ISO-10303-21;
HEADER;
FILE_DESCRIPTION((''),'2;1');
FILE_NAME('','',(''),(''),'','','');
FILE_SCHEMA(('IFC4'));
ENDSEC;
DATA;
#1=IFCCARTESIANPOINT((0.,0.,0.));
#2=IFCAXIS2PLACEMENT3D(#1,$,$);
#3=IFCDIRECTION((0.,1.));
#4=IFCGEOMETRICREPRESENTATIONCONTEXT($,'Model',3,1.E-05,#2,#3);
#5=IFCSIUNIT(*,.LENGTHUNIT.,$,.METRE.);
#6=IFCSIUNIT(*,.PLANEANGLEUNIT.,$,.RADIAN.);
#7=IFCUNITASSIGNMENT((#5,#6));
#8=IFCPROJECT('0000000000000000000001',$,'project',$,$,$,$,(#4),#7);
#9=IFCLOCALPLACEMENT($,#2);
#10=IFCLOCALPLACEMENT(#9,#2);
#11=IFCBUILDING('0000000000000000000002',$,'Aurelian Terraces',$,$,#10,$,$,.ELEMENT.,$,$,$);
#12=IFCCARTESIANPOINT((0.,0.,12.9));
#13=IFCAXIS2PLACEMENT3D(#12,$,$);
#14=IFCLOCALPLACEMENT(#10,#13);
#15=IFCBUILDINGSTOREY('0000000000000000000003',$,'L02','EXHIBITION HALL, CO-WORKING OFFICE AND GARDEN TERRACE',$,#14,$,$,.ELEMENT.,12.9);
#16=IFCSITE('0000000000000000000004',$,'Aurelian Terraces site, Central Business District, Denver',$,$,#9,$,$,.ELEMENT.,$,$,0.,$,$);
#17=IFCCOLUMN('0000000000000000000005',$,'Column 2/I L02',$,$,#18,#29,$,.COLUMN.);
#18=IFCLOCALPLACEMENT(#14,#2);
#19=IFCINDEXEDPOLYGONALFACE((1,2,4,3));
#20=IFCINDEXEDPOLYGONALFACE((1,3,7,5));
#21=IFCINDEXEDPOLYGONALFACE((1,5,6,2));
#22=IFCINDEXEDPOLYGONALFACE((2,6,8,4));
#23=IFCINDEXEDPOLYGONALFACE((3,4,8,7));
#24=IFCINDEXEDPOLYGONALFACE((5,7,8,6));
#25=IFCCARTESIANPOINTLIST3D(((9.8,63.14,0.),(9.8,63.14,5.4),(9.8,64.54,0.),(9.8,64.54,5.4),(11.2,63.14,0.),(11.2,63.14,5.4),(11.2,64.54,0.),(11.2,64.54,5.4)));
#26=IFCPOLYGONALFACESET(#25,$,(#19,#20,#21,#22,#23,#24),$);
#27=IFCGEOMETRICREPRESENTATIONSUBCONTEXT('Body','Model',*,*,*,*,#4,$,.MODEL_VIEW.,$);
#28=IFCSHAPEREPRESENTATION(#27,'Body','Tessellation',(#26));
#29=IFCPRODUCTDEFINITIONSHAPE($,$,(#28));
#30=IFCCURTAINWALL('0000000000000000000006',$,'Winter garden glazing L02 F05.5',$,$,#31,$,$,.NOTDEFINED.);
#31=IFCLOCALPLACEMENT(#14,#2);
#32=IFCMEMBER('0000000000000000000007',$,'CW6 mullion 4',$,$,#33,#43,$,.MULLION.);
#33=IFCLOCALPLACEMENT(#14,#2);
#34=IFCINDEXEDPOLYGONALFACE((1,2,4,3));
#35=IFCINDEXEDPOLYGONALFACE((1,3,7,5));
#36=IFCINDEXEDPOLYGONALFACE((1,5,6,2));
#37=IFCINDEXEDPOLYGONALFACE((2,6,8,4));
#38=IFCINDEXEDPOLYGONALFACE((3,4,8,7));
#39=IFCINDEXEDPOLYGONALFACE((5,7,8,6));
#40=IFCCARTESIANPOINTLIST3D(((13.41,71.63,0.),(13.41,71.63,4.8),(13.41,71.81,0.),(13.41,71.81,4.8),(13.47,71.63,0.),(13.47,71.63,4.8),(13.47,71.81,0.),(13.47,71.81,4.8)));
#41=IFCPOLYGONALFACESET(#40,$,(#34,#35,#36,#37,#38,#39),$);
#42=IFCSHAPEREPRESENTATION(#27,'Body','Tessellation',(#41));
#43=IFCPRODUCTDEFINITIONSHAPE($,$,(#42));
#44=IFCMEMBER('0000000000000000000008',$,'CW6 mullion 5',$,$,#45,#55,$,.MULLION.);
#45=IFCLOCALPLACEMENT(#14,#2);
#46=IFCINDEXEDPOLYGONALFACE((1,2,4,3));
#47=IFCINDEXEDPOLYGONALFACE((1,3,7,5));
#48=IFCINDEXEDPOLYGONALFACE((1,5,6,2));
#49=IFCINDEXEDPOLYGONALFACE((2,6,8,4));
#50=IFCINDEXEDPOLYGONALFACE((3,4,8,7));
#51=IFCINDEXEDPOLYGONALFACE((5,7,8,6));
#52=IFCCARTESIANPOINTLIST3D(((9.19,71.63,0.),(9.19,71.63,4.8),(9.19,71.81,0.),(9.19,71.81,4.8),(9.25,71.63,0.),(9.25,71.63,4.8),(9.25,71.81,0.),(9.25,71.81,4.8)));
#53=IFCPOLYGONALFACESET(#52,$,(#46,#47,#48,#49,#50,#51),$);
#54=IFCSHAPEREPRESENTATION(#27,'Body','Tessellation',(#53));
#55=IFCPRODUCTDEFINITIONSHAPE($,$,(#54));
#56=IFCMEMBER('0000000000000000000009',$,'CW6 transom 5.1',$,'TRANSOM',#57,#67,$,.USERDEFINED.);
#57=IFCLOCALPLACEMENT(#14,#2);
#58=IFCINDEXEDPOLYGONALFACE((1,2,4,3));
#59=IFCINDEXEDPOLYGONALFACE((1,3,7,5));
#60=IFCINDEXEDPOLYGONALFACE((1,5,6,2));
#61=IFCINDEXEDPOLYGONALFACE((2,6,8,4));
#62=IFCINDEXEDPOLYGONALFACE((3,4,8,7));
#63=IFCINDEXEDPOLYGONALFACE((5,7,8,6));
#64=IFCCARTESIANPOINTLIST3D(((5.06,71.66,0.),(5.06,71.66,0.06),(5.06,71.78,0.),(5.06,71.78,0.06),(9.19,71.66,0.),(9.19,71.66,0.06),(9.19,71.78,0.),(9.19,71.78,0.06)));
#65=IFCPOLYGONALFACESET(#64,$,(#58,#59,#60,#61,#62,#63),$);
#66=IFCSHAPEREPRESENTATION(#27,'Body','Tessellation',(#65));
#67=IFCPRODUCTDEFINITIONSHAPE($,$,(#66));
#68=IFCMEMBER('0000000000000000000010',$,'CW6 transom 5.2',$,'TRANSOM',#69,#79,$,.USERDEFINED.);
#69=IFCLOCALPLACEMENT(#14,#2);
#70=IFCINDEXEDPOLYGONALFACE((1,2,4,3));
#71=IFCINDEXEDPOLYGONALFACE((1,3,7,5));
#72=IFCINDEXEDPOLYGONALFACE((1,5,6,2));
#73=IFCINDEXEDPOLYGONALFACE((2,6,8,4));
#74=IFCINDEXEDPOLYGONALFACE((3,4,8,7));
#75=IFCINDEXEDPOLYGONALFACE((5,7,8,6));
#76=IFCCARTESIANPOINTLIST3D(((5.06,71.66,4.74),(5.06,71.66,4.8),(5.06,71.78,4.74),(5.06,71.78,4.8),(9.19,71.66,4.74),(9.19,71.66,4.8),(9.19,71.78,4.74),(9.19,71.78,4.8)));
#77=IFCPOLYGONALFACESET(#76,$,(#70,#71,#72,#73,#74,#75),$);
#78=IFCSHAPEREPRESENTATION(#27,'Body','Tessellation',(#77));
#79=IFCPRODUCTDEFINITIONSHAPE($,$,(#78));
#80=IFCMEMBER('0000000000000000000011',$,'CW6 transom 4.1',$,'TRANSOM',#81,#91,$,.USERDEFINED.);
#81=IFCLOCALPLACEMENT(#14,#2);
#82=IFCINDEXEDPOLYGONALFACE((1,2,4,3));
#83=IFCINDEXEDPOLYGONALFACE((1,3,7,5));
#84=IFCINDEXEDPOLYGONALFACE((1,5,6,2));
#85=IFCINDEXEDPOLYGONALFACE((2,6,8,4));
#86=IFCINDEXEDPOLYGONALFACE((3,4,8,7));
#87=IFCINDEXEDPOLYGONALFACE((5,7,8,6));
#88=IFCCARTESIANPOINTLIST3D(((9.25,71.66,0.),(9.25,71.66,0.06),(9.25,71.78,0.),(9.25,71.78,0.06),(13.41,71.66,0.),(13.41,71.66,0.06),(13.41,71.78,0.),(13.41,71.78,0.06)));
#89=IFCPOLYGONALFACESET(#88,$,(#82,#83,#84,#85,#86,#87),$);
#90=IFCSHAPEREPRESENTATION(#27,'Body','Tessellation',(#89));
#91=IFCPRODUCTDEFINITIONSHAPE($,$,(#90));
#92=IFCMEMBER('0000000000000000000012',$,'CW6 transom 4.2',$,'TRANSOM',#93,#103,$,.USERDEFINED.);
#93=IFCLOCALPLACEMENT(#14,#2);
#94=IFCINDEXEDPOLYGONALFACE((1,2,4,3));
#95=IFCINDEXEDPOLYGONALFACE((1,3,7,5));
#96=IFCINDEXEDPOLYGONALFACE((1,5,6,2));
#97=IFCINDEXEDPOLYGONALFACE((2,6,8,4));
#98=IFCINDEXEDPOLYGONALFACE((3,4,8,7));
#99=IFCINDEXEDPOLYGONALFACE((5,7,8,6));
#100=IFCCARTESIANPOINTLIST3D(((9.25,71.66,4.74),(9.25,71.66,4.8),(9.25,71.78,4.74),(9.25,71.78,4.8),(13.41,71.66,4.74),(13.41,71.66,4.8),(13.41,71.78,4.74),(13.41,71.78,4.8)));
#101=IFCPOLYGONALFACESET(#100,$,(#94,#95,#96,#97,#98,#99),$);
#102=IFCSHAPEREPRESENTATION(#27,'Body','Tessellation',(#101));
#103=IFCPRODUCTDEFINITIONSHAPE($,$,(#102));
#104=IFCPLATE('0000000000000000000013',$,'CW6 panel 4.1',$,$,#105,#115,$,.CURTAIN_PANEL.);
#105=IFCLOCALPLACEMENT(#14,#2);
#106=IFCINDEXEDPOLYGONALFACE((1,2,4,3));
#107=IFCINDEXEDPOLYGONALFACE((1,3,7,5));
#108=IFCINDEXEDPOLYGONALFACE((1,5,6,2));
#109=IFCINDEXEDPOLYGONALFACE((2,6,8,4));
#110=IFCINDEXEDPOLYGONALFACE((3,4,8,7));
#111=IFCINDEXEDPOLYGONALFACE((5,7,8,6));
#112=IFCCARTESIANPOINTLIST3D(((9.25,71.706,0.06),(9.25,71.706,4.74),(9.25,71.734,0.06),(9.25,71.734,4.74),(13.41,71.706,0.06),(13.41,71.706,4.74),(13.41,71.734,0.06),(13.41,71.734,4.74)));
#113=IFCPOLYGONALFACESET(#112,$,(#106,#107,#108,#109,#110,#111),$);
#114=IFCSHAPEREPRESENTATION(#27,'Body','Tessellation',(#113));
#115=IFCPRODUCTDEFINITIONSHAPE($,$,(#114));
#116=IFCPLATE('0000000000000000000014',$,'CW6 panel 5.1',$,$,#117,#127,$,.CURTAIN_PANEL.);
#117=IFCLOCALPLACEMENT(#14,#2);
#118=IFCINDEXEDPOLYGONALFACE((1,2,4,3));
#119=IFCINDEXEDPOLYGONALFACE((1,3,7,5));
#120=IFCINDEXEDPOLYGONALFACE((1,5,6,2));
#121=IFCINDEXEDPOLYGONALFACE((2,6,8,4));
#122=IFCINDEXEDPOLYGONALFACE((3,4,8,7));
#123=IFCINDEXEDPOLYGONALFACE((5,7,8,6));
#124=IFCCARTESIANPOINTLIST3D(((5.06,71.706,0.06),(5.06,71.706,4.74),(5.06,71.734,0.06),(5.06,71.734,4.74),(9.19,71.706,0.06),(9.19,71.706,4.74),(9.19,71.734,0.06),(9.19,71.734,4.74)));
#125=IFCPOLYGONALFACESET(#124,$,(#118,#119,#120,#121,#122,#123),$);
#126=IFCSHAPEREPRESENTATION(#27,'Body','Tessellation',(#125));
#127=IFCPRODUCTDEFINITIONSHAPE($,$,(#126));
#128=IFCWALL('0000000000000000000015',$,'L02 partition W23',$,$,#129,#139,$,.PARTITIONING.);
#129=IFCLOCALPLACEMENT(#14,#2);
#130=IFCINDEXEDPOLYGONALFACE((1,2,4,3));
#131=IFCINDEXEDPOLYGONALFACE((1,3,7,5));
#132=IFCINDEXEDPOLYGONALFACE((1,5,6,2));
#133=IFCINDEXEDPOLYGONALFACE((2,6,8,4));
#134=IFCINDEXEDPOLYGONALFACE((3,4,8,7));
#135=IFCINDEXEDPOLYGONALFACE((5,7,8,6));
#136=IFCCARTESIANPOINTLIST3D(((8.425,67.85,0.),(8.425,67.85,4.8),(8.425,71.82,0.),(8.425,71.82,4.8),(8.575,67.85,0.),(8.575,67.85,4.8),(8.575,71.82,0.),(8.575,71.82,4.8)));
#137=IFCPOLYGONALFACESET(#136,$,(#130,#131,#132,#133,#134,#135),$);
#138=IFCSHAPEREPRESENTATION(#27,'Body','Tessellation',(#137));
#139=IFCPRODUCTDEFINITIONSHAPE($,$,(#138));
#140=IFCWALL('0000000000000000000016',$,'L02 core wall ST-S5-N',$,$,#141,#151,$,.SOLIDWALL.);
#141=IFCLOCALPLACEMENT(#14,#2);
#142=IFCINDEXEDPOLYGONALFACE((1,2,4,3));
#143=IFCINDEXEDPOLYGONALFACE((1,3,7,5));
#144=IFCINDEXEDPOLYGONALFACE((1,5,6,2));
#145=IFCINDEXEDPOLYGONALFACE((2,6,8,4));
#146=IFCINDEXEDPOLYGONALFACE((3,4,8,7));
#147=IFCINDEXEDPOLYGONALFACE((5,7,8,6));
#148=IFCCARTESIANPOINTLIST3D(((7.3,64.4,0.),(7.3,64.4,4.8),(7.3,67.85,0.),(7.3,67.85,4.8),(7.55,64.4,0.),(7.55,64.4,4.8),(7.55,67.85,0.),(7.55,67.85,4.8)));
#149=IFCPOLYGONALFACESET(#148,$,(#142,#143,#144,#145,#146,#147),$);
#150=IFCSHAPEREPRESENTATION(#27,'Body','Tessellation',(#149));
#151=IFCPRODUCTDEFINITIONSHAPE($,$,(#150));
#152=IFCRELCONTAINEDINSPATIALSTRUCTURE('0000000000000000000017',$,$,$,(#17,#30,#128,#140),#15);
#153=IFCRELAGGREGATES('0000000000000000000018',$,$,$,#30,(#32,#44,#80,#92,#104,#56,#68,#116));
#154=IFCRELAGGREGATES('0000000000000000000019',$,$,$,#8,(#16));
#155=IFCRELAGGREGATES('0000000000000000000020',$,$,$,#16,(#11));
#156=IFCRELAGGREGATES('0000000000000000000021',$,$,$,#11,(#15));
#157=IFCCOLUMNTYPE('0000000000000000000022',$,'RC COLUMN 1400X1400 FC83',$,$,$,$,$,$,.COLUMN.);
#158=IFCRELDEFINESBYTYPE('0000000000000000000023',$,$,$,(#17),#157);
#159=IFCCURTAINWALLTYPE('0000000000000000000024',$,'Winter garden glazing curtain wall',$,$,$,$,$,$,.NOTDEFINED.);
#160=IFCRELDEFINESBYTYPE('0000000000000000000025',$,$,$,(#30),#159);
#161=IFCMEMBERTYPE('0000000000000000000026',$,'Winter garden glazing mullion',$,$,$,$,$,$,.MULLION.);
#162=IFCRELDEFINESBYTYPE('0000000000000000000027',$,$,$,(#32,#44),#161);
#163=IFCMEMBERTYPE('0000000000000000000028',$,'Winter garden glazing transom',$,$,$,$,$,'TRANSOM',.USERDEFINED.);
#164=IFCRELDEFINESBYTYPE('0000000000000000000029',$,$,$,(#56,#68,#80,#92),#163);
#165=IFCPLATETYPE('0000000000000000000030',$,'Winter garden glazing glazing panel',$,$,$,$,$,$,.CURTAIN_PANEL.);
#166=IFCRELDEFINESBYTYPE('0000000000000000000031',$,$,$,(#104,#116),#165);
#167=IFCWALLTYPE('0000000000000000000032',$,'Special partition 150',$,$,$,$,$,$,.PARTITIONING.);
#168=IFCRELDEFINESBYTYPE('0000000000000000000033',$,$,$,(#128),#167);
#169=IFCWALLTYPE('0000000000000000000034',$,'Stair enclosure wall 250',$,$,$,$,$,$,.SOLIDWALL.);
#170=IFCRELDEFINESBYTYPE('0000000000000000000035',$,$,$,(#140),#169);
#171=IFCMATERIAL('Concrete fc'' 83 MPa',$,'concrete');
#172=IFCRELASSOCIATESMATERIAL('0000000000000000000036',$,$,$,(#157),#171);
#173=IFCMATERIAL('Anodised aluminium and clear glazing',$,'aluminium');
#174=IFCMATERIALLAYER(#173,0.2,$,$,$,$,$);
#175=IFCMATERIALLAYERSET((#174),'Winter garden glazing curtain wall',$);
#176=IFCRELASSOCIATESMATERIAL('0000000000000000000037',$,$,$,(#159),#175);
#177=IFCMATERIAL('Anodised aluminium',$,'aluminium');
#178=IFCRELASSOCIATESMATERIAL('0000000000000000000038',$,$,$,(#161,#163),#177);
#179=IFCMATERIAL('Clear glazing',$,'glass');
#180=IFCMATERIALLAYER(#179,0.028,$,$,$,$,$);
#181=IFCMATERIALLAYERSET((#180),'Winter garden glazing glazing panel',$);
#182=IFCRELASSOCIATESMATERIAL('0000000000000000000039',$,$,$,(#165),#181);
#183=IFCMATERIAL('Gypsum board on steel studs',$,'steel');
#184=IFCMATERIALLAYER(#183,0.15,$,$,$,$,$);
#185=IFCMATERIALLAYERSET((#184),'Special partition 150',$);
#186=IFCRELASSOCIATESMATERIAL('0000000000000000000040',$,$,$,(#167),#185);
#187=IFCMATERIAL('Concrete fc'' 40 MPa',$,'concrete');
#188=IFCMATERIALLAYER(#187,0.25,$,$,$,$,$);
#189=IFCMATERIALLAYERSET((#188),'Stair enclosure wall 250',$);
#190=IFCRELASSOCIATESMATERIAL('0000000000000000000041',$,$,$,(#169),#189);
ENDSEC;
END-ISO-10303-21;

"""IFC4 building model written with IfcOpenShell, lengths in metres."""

from ifc_helpers import new_model, si_unit, direction, frame, frame_2d, origin, origin_2d, place, context, subcontext, project, spatial, rectangle, extrude, source, transform, mapped, material, layer, layer_set, material_profile, profile_set, type_object, element, aggregate, save


model = new_model("IFC4")

# Units and contexts
model_context = context("Model", 3, precision=1e-05, world=origin(), true_north=direction((0.0, 1.0)))
body_context = subcontext(model_context, "Body", "Model", "MODEL_VIEW")
ifc_project = project(units=[si_unit("LENGTHUNIT", "METRE"), si_unit("PLANEANGLEUNIT", "RADIAN")], contexts=[model_context])

# Site, building, storey
site_placement = place(None, origin())
site = spatial("IfcSite", under=ifc_project, at=site_placement, Name="Aurelian Terraces site, Central Business District, Denver", CompositionType="ELEMENT", RefElevation=0.0)
building_placement = place(site_placement, origin())
building = spatial("IfcBuilding", under=site, at=building_placement, Name="Aurelian Terraces", CompositionType="ELEMENT")
storey_placement = place(building_placement, frame((0.0, 0.0, 12.9)))
storey = spatial("IfcBuildingStorey", under=building, at=storey_placement, Name="L02", Description="EXHIBITION HALL, CO-WORKING OFFICE AND GARDEN TERRACE", CompositionType="ELEMENT", Elevation=12.9)

# Column
ifc_material_1 = material(Name="Concrete fc' 83 MPa", Category="concrete")
ifc_material_profile_1 = material_profile(ifc_material_1, rectangle(XDim=1.4, YDim=1.4, at=origin_2d()))
ifc_profile_set_1 = profile_set([ifc_material_profile_1], Name="Concrete fc' 83 MPa")
column_type = type_object("IfcColumnType", Name="RC COLUMN 1400X1400 FC83", PredefinedType="COLUMN", material=ifc_profile_set_1)
shared_shape_1 = source(origin(), body_context, "Body", "SweptSolid", [
    extrude(rectangle(XDim=1.4, YDim=1.4, at=origin_2d()), origin(), (0.0, 0.0, 1.0), 5.4),
])
column_placement = place(storey_placement, frame((10.5, 63.84, 0.0), z_axis=(0.0, 0.0, 1.0), x_axis=(1.0, 0.0, 0.0)))
element("IfcColumn", 1, at=column_placement, inside=storey, type_object=column_type, Name="Column 2/I L02", PredefinedType="COLUMN", context=body_context, shape_type="MappedRepresentation", body=[
    mapped(shared_shape_1, transform((0.0, 0.0, 0.0), scale=1.0)),
])

# Curtain wall, members, plates
ifc_material_2 = material(Name="Anodised aluminium and clear glazing", Category="aluminium")
ifc_layer_1 = layer(ifc_material_2, 0.2)
ifc_layer_set_1 = layer_set([ifc_layer_1], Name="Winter garden glazing curtain wall")
curtain_wall_type = type_object("IfcCurtainWallType", Name="Winter garden glazing curtain wall", PredefinedType="NOTDEFINED", material=ifc_layer_set_1)
curtain_wall_placement = place(storey_placement, origin())
curtain_wall = element("IfcCurtainWall", 2, at=curtain_wall_placement, inside=storey, type_object=curtain_wall_type, Name="Winter garden glazing L02 F05.5", PredefinedType="NOTDEFINED")
ifc_material_3 = material(Name="Anodised aluminium", Category="aluminium")
ifc_material_profile_2 = material_profile(ifc_material_3, rectangle(XDim=0.18, YDim=0.06, at=origin_2d()))
ifc_profile_set_2 = profile_set([ifc_material_profile_2], Name="Anodised aluminium")
member_type_1 = type_object("IfcMemberType", Name="Winter garden glazing mullion", PredefinedType="MULLION", material=ifc_profile_set_2)
shared_shape_2 = source(origin(), body_context, "Body", "SweptSolid", [
    extrude(rectangle(XDim=0.18, YDim=0.06, at=origin_2d()), origin(), (0.0, 0.0, 1.0), 4.8),
])
member_1_placement = place(storey_placement, frame((13.44, 71.72, 0.0), z_axis=(0.0, 0.0, 1.0), x_axis=(0.0, -1.0, 0.0)))
member_1 = element("IfcMember", 3, at=member_1_placement, type_object=member_type_1, Name="CW6 mullion 4", PredefinedType="MULLION", context=body_context, shape_type="MappedRepresentation", body=[
    mapped(shared_shape_2, transform((0.0, 0.0, 0.0), scale=1.0)),
])
member_2_placement = place(storey_placement, frame((9.22, 71.72, 0.0), z_axis=(0.0, 0.0, 1.0), x_axis=(0.0, -1.0, 0.0)))
member_2 = element("IfcMember", 4, at=member_2_placement, type_object=member_type_1, Name="CW6 mullion 5", PredefinedType="MULLION", context=body_context, shape_type="MappedRepresentation", body=[
    mapped(shared_shape_2, transform((0.0, 0.0, 0.0), scale=1.0)),
])
ifc_material_profile_3 = material_profile(ifc_material_3, rectangle(XDim=0.12, YDim=0.06, at=origin_2d()))
ifc_profile_set_3 = profile_set([ifc_material_profile_3], Name="Anodised aluminium")
member_type_2 = type_object("IfcMemberType", Name="Winter garden glazing transom", ElementType="TRANSOM", PredefinedType="USERDEFINED", material=ifc_profile_set_3)
shared_shape_3 = source(origin(), body_context, "Body", "SweptSolid", [
    extrude(rectangle(XDim=0.12, YDim=0.06, at=origin_2d()), origin(), (0.0, 0.0, 1.0), 4.13),
])
member_3_placement = place(storey_placement, frame((9.19, 71.72, 0.03), z_axis=(-1.0, 0.0, 0.0), x_axis=(0.0, -1.0, 0.0)))
member_3 = element("IfcMember", 5, at=member_3_placement, type_object=member_type_2, Name="CW6 transom 5.1", ObjectType="TRANSOM", PredefinedType="USERDEFINED", context=body_context, shape_type="MappedRepresentation", body=[
    mapped(shared_shape_3, transform((0.0, 0.0, 0.0), scale=1.0)),
])
member_4_placement = place(storey_placement, frame((9.19, 71.72, 4.77), z_axis=(-1.0, 0.0, 0.0), x_axis=(0.0, -1.0, 0.0)))
member_4 = element("IfcMember", 6, at=member_4_placement, type_object=member_type_2, Name="CW6 transom 5.2", ObjectType="TRANSOM", PredefinedType="USERDEFINED", context=body_context, shape_type="MappedRepresentation", body=[
    mapped(shared_shape_3, transform((0.0, 0.0, 0.0), scale=1.0)),
])
shared_shape_4 = source(origin(), body_context, "Body", "SweptSolid", [
    extrude(rectangle(XDim=0.12, YDim=0.06, at=origin_2d()), origin(), (0.0, 0.0, 1.0), 4.16),
])
member_5_placement = place(storey_placement, frame((13.41, 71.72, 0.03), z_axis=(-1.0, 0.0, 0.0), x_axis=(0.0, -1.0, 0.0)))
member_5 = element("IfcMember", 7, at=member_5_placement, type_object=member_type_2, Name="CW6 transom 4.1", ObjectType="TRANSOM", PredefinedType="USERDEFINED", context=body_context, shape_type="MappedRepresentation", body=[
    mapped(shared_shape_4, transform((0.0, 0.0, 0.0), scale=1.0)),
])
member_6_placement = place(storey_placement, frame((13.41, 71.72, 4.77), z_axis=(-1.0, 0.0, 0.0), x_axis=(0.0, -1.0, 0.0)))
member_6 = element("IfcMember", 8, at=member_6_placement, type_object=member_type_2, Name="CW6 transom 4.2", ObjectType="TRANSOM", PredefinedType="USERDEFINED", context=body_context, shape_type="MappedRepresentation", body=[
    mapped(shared_shape_4, transform((0.0, 0.0, 0.0), scale=1.0)),
])
ifc_material_4 = material(Name="Clear glazing", Category="glass")
ifc_layer_2 = layer(ifc_material_4, 0.028)
ifc_layer_set_2 = layer_set([ifc_layer_2], Name="Winter garden glazing glazing panel")
plate_type = type_object("IfcPlateType", Name="Winter garden glazing glazing panel", PredefinedType="CURTAIN_PANEL", material=ifc_layer_set_2)
shared_shape_5 = source(origin(), body_context, "Body", "SweptSolid", [
    extrude(rectangle(XDim=4.16, YDim=0.028, at=origin_2d()), origin(), (0.0, 0.0, 1.0), 4.68),
])
plate_1_placement = place(storey_placement, frame((11.33, 71.72, 0.06), z_axis=(0.0, 0.0, 1.0), x_axis=(-1.0, 0.0, 0.0)))
plate_1 = element("IfcPlate", 9, at=plate_1_placement, type_object=plate_type, Name="CW6 panel 4.1", PredefinedType="CURTAIN_PANEL", context=body_context, shape_type="MappedRepresentation", body=[
    mapped(shared_shape_5, transform((0.0, 0.0, 0.0), scale=1.0)),
])
shared_shape_6 = source(origin(), body_context, "Body", "SweptSolid", [
    extrude(rectangle(XDim=4.13, YDim=0.028, at=origin_2d()), origin(), (0.0, 0.0, 1.0), 4.68),
])
plate_2_placement = place(storey_placement, frame((7.125, 71.72, 0.06), z_axis=(0.0, 0.0, 1.0), x_axis=(-1.0, 0.0, 0.0)))
plate_2 = element("IfcPlate", 10, at=plate_2_placement, type_object=plate_type, Name="CW6 panel 5.1", PredefinedType="CURTAIN_PANEL", context=body_context, shape_type="MappedRepresentation", body=[
    mapped(shared_shape_6, transform((0.0, 0.0, 0.0), scale=1.0)),
])
aggregate(curtain_wall, [member_1, member_2, member_5, member_6, plate_1, member_3, member_4, plate_2])

# Walls
ifc_material_5 = material(Name="Gypsum board on steel studs", Category="steel")
ifc_layer_3 = layer(ifc_material_5, 0.15)
ifc_layer_set_3 = layer_set([ifc_layer_3], Name="Special partition 150")
wall_type_1 = type_object("IfcWallType", Name="Special partition 150", PredefinedType="PARTITIONING", material=ifc_layer_set_3)
wall_1_placement = place(storey_placement, frame((8.5, 67.85, 0.0), z_axis=(0.0, 0.0, 1.0), x_axis=(0.0, 1.0, 0.0)))
element("IfcWall", 11, at=wall_1_placement, inside=storey, type_object=wall_type_1, Name="L02 partition W23", PredefinedType="PARTITIONING", context=body_context, shape_type="SweptSolid", body=[
    extrude(rectangle(XDim=3.97, YDim=0.15, at=frame_2d((1.985, 0.0))), origin(), (0.0, 0.0, 1.0), 4.8),
])
ifc_material_6 = material(Name="Concrete fc' 40 MPa", Category="concrete")
ifc_layer_4 = layer(ifc_material_6, 0.25)
ifc_layer_set_4 = layer_set([ifc_layer_4], Name="Stair enclosure wall 250")
wall_type_2 = type_object("IfcWallType", Name="Stair enclosure wall 250", PredefinedType="SOLIDWALL", material=ifc_layer_set_4)
shared_shape_7 = source(origin(), body_context, "Body", "SweptSolid", [
    extrude(rectangle(XDim=3.45, YDim=0.25, at=frame_2d((1.725, 0.0))), origin(), (0.0, 0.0, 1.0), 4.8),
])
wall_2_placement = place(storey_placement, frame((7.425, 64.4, 0.0), z_axis=(0.0, 0.0, 1.0), x_axis=(0.0, 1.0, 0.0)))
element("IfcWall", 12, at=wall_2_placement, inside=storey, type_object=wall_type_2, Name="L02 core wall ST-S5-N", PredefinedType="SOLIDWALL", context=body_context, shape_type="MappedRepresentation", body=[
    mapped(shared_shape_7, transform((0.0, 0.0, 0.0), scale=1.0)),
])

save(model, "model.ifc")
